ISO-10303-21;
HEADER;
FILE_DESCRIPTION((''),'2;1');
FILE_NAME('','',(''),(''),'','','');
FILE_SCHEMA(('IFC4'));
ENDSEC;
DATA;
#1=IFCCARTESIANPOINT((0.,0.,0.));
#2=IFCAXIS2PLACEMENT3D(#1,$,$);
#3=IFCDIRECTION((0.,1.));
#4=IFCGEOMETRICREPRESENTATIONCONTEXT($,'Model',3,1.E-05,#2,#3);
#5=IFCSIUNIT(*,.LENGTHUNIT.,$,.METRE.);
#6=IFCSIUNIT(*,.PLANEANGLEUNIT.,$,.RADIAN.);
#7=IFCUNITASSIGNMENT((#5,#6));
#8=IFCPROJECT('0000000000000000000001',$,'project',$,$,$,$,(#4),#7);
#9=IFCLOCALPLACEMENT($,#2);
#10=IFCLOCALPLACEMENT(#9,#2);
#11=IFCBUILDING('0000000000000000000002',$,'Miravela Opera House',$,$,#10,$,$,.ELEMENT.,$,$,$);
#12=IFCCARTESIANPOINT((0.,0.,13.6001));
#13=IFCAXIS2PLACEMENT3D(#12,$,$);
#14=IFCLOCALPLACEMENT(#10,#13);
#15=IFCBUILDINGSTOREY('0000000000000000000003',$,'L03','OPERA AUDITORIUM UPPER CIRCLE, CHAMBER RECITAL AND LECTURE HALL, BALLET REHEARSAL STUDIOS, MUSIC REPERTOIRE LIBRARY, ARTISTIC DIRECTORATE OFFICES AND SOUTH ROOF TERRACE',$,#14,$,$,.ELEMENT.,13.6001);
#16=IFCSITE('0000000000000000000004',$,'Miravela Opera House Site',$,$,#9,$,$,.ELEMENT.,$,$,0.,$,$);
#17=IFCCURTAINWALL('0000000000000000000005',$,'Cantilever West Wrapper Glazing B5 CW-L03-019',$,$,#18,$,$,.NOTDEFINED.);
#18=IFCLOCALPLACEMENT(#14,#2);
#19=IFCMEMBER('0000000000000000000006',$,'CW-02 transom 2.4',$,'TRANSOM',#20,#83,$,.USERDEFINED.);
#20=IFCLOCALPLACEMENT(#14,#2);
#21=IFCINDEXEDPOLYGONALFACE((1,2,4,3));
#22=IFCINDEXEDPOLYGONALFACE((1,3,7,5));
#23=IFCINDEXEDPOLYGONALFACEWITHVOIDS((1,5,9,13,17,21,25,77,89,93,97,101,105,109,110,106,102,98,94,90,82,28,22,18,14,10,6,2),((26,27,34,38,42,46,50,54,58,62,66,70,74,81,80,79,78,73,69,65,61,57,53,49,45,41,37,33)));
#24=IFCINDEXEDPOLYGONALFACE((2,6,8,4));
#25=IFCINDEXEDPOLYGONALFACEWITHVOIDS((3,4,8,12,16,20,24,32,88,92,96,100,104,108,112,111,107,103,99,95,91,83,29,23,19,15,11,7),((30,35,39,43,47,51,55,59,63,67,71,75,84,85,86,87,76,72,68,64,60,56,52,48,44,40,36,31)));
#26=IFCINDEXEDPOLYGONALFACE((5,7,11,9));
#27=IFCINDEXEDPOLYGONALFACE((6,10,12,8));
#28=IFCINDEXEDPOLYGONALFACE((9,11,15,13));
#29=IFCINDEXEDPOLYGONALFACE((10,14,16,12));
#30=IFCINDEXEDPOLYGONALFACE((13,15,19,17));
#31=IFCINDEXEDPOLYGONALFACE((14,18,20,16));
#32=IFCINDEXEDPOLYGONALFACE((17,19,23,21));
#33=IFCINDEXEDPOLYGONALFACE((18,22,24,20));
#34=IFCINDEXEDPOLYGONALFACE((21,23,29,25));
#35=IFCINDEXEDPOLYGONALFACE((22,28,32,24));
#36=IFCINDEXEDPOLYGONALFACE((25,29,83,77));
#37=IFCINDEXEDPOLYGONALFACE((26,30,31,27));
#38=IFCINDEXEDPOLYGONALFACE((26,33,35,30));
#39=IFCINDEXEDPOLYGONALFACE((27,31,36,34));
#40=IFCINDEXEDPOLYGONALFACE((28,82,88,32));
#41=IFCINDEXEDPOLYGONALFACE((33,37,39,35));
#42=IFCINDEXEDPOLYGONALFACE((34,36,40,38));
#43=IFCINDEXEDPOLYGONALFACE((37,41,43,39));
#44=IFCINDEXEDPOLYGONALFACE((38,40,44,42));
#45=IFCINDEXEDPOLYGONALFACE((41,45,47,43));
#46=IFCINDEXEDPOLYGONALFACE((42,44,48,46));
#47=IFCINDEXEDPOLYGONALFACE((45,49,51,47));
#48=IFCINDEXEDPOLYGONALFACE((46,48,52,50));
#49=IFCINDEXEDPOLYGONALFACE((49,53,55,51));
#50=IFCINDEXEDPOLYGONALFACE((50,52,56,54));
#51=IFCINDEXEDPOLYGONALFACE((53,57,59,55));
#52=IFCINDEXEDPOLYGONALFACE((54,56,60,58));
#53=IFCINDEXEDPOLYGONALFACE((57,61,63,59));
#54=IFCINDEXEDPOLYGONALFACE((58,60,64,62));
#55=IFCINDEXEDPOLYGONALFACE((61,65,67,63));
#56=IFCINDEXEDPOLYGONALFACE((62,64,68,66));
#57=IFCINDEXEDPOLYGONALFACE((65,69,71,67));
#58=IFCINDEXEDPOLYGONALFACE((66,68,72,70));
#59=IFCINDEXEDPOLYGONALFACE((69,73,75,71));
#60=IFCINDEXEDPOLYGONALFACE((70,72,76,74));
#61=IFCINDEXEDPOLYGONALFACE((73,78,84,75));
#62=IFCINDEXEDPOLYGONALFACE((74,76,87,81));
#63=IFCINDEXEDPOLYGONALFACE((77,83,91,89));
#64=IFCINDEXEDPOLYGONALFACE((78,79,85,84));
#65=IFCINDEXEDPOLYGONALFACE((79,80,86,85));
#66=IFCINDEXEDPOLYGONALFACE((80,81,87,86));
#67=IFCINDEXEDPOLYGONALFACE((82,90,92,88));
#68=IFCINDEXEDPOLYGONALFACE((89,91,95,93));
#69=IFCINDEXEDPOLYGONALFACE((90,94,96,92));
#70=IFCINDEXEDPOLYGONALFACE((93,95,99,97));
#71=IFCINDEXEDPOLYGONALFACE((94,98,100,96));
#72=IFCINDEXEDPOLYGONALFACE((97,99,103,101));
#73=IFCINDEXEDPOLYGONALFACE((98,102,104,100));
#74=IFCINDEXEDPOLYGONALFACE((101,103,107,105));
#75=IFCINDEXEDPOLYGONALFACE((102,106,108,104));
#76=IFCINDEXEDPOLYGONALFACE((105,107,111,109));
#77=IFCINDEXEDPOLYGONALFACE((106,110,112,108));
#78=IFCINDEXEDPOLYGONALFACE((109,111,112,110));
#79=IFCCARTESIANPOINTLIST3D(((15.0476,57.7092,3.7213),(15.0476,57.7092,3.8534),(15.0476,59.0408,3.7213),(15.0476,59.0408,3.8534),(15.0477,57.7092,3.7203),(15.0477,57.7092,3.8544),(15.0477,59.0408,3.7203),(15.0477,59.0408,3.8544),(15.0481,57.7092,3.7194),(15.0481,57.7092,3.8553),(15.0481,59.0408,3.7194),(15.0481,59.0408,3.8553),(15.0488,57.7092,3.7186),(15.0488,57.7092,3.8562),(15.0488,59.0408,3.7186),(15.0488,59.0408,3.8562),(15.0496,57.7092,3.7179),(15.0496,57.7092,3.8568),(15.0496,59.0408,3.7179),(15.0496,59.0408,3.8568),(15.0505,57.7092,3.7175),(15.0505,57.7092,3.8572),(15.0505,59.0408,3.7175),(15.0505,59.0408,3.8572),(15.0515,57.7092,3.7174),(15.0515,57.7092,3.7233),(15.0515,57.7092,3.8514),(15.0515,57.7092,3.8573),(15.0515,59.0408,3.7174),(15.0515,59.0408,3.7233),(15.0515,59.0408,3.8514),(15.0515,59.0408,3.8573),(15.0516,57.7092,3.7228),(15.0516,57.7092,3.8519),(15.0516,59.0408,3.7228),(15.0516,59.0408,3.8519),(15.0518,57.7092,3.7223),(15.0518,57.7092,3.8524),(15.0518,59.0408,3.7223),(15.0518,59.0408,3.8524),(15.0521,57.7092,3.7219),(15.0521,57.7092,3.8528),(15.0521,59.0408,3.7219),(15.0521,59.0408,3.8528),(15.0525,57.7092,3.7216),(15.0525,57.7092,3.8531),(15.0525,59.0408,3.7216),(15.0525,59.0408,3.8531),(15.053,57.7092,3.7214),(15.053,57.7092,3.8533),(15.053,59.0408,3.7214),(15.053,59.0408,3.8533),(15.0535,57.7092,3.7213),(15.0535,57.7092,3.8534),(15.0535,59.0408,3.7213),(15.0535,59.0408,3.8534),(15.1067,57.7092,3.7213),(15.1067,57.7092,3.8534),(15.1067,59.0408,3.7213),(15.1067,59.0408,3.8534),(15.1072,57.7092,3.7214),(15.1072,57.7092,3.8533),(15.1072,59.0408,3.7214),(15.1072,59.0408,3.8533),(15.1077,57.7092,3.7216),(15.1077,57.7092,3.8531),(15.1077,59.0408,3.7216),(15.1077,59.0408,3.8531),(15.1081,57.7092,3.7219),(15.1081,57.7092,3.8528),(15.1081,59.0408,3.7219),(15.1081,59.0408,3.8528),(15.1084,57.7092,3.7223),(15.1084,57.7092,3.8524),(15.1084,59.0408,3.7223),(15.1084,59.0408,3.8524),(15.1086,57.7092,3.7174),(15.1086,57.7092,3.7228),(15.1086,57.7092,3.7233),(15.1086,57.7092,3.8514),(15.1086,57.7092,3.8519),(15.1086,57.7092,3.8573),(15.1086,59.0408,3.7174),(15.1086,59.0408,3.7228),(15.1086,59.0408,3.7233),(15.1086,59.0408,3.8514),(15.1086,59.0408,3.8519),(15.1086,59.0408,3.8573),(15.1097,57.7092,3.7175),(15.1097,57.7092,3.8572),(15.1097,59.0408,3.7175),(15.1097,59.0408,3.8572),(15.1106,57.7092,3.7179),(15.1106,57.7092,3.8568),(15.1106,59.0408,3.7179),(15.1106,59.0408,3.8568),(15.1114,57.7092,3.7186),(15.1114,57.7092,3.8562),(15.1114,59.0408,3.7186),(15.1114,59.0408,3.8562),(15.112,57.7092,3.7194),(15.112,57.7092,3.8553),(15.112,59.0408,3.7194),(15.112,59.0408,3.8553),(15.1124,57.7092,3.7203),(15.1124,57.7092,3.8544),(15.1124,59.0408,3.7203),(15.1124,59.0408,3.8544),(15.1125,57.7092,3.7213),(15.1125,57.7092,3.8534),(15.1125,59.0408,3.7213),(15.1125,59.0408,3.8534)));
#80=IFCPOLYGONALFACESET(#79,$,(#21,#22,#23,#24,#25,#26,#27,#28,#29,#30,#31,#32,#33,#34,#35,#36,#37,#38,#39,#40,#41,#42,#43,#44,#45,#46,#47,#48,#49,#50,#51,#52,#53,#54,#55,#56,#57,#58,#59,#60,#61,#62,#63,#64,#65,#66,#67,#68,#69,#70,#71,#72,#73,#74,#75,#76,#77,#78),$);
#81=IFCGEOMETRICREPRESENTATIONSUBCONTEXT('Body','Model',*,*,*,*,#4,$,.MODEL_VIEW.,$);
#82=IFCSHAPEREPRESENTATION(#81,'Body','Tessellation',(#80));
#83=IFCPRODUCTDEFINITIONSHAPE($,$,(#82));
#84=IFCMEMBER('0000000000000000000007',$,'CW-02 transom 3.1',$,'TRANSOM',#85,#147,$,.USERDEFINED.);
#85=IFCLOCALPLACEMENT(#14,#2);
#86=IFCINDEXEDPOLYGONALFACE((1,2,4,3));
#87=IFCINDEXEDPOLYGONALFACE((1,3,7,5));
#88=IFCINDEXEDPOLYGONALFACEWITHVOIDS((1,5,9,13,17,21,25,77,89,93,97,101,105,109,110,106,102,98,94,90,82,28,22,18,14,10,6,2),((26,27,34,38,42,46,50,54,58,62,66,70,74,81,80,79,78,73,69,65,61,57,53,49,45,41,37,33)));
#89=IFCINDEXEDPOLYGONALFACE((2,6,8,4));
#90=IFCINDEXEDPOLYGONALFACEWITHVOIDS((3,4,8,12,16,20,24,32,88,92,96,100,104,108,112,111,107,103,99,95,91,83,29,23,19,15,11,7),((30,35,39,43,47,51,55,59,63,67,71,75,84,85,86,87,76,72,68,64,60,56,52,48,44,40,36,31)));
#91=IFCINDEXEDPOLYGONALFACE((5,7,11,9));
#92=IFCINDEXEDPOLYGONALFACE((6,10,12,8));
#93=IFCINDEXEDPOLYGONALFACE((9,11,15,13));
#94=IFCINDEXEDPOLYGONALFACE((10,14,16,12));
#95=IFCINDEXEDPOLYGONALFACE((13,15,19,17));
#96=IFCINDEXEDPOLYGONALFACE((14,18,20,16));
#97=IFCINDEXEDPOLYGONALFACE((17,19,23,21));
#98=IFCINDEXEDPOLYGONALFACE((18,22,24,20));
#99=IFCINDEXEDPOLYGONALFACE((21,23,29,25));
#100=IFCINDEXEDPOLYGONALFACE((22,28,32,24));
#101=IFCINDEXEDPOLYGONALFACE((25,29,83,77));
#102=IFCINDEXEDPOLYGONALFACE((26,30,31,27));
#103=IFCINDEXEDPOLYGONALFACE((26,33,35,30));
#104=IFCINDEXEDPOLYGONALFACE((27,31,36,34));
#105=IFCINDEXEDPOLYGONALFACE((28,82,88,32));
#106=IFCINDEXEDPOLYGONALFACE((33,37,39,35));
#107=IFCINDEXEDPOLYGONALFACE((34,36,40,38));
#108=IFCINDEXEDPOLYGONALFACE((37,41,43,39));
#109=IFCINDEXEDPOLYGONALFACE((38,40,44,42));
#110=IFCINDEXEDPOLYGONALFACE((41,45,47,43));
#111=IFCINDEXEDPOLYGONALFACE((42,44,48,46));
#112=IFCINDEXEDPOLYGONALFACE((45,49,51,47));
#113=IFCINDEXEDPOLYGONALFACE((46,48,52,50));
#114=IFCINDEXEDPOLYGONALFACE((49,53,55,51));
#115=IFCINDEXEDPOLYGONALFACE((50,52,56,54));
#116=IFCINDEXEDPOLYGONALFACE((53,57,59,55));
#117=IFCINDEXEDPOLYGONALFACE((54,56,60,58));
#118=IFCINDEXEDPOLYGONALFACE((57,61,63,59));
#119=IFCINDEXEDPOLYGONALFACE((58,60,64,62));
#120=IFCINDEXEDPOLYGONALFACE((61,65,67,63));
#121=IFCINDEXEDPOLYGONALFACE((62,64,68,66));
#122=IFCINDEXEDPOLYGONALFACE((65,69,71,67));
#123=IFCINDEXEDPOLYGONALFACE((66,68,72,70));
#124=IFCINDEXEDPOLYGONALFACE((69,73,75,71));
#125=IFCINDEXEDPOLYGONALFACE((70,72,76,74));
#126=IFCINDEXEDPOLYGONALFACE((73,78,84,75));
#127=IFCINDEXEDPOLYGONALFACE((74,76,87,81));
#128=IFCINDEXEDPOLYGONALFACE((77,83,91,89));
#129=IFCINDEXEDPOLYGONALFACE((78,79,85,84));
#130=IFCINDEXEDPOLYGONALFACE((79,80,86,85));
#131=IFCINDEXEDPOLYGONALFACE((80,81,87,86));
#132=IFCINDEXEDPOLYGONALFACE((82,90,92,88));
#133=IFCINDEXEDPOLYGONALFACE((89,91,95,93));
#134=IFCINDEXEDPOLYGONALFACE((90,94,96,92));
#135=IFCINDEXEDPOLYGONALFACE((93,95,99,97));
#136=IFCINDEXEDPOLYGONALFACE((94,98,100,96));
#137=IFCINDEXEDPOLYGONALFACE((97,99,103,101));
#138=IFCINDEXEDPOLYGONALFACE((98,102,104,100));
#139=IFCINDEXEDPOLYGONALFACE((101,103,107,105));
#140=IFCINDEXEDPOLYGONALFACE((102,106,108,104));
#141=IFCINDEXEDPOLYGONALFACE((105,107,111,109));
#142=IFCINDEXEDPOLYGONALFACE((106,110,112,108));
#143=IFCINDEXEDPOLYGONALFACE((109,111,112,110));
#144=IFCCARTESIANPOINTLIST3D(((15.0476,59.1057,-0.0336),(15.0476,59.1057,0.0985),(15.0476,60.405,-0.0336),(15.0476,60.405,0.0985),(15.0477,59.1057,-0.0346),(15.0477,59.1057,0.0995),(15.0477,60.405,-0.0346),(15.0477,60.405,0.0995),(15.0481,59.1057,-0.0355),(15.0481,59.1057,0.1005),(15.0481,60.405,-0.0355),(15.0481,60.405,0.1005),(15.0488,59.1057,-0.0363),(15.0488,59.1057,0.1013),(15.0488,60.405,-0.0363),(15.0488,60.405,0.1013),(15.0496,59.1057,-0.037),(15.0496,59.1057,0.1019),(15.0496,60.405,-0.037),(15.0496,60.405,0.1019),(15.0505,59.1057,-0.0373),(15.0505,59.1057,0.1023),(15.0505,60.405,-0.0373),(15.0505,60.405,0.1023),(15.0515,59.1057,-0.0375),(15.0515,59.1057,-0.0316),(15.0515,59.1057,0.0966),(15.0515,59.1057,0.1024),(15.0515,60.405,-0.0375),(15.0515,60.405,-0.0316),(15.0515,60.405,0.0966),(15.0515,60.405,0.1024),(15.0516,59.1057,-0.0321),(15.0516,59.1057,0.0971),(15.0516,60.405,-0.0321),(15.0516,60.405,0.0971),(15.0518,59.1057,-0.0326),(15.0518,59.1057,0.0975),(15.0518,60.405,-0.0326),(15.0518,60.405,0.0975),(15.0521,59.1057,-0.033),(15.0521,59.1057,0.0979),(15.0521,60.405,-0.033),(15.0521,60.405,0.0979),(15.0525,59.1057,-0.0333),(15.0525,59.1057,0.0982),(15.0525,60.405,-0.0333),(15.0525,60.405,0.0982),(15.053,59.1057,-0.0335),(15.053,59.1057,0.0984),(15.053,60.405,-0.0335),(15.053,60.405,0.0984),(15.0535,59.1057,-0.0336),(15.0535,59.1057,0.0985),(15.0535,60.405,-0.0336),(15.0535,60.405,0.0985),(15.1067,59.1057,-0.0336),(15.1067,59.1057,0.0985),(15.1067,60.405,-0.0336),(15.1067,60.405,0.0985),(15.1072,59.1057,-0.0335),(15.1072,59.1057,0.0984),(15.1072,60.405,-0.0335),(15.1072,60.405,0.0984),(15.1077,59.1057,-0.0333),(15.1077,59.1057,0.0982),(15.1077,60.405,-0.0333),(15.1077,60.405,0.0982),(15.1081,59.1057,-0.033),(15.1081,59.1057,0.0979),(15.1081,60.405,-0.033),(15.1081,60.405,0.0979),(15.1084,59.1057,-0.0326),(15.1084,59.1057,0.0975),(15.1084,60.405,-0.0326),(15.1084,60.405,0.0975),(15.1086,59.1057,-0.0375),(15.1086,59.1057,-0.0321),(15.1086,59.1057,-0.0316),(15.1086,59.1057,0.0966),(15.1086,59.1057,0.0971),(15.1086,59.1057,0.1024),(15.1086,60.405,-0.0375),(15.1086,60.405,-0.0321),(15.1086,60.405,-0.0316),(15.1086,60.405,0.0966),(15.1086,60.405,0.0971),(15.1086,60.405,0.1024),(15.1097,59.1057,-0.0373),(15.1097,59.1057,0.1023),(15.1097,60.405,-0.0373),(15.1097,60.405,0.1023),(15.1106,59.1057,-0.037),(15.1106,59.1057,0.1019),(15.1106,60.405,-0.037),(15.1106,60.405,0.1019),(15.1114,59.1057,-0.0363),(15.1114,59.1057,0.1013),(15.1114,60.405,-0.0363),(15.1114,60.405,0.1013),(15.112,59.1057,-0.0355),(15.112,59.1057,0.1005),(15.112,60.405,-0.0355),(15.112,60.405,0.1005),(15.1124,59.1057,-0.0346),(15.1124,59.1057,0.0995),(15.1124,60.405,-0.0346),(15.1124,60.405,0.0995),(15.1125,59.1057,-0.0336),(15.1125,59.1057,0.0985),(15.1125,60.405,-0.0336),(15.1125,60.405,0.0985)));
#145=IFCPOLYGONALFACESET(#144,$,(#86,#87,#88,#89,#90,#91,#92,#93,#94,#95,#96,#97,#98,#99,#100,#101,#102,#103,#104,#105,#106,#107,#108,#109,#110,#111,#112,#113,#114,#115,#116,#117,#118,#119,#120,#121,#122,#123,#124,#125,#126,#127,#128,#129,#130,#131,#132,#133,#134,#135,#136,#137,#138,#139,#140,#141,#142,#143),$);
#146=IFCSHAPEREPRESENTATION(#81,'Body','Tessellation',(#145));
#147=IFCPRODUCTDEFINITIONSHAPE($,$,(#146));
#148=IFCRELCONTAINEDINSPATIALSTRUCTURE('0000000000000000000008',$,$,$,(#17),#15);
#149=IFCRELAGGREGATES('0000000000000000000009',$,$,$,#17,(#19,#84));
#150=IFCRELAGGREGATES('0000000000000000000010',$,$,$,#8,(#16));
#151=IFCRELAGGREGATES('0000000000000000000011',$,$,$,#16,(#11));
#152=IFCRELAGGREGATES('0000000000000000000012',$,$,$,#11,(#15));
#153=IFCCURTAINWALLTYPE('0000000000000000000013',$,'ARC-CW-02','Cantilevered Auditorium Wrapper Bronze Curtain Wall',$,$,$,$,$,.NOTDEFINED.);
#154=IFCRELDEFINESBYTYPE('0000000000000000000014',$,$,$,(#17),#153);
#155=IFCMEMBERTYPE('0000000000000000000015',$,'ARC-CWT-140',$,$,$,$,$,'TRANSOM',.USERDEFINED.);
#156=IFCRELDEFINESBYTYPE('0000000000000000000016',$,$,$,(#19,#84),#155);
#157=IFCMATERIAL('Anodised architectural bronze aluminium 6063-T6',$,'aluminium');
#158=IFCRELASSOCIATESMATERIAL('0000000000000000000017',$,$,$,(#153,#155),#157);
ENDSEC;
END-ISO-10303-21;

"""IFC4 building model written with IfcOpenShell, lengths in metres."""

from ifc_helpers import new_model, si_unit, direction, frame, origin, origin_2d, place, context, subcontext, project, spatial, hollow_rectangle, extrude, material, material_profile, profile_set, type_object, element, aggregate, save


model = new_model("IFC4")

# Units and contexts
model_context = context("Model", 3, precision=1e-05, world=origin(), true_north=direction((0.0, 1.0)))
body_context = subcontext(model_context, "Body", "Model", "MODEL_VIEW")
ifc_project = project(units=[si_unit("LENGTHUNIT", "METRE"), si_unit("PLANEANGLEUNIT", "RADIAN")], contexts=[model_context])

# Site, building, storey
site_placement = place(None, origin())
site = spatial("IfcSite", under=ifc_project, at=site_placement, Name="Miravela Opera House Site", CompositionType="ELEMENT", RefElevation=0.0)
building_placement = place(site_placement, origin())
building = spatial("IfcBuilding", under=site, at=building_placement, Name="Miravela Opera House", CompositionType="ELEMENT")
storey_placement = place(building_placement, frame((0.0, 0.0, 13.6001)))
storey = spatial("IfcBuildingStorey", under=building, at=storey_placement, Name="L03", Description="OPERA AUDITORIUM UPPER CIRCLE, CHAMBER RECITAL AND LECTURE HALL, BALLET REHEARSAL STUDIOS, MUSIC REPERTOIRE LIBRARY, ARTISTIC DIRECTORATE OFFICES AND SOUTH ROOF TERRACE", CompositionType="ELEMENT", Elevation=13.6001)

# Curtain wall
ifc_material_1 = material(Name="Anodised architectural bronze aluminium 6063-T6", Category="aluminium")
curtain_wall_type = type_object("IfcCurtainWallType", Name="ARC-CW-02", Description="Cantilevered Auditorium Wrapper Bronze Curtain Wall", PredefinedType="NOTDEFINED", material=ifc_material_1)
curtain_wall_1_placement = place(storey_placement, origin())
curtain_wall_1 = element("IfcCurtainWall", 1, at=curtain_wall_1_placement, inside=storey, type_object=curtain_wall_type, Name="Cantilever West Wrapper Glazing B5 CW-L03-019", PredefinedType="NOTDEFINED")

# Members
ifc_material_profile_1 = material_profile(ifc_material_1, hollow_rectangle(XDim=0.0649, YDim=0.1399, WallThickness=0.0039, InnerFilletRadius=0.002, OuterFilletRadius=0.0039, at=origin_2d()), Name="CWT-65X140")
ifc_profile_set_1 = profile_set([ifc_material_profile_1])
member_type_1 = type_object("IfcMemberType", Name="ARC-CWT-140", ElementType="TRANSOM", PredefinedType="USERDEFINED", material=ifc_profile_set_1)
member_1_placement = place(storey_placement, frame((15.0801, 57.7092, 3.7874), z_axis=(0.0, 1.0, 0.0), x_axis=(-1.0, 0.0, 0.0)))
member_1 = element("IfcMember", 2, at=member_1_placement, type_object=member_type_1, Name="CW-02 transom 2.4", ObjectType="TRANSOM", PredefinedType="USERDEFINED", context=body_context, shape_type="SweptSolid", body=[
    extrude(hollow_rectangle(XDim=0.0649, YDim=0.1399, WallThickness=0.0039, InnerFilletRadius=0.002, OuterFilletRadius=0.0039, at=origin_2d()), origin(), (0.0, 0.0, 1.0), 1.3315),
])
member_2_placement = place(storey_placement, frame((15.0801, 59.1057, 0.0325), z_axis=(0.0, 1.0, 0.0), x_axis=(-1.0, 0.0, 0.0)))
member_2 = element("IfcMember", 3, at=member_2_placement, type_object=member_type_1, Name="CW-02 transom 3.1", ObjectType="TRANSOM", PredefinedType="USERDEFINED", context=body_context, shape_type="SweptSolid", body=[
    extrude(hollow_rectangle(XDim=0.0649, YDim=0.1399, WallThickness=0.0039, InnerFilletRadius=0.002, OuterFilletRadius=0.0039, at=origin_2d()), origin(), (0.0, 0.0, 1.0), 1.2993),
])

aggregate(curtain_wall_1, [member_1, member_2])

save(model, "model.ifc")
